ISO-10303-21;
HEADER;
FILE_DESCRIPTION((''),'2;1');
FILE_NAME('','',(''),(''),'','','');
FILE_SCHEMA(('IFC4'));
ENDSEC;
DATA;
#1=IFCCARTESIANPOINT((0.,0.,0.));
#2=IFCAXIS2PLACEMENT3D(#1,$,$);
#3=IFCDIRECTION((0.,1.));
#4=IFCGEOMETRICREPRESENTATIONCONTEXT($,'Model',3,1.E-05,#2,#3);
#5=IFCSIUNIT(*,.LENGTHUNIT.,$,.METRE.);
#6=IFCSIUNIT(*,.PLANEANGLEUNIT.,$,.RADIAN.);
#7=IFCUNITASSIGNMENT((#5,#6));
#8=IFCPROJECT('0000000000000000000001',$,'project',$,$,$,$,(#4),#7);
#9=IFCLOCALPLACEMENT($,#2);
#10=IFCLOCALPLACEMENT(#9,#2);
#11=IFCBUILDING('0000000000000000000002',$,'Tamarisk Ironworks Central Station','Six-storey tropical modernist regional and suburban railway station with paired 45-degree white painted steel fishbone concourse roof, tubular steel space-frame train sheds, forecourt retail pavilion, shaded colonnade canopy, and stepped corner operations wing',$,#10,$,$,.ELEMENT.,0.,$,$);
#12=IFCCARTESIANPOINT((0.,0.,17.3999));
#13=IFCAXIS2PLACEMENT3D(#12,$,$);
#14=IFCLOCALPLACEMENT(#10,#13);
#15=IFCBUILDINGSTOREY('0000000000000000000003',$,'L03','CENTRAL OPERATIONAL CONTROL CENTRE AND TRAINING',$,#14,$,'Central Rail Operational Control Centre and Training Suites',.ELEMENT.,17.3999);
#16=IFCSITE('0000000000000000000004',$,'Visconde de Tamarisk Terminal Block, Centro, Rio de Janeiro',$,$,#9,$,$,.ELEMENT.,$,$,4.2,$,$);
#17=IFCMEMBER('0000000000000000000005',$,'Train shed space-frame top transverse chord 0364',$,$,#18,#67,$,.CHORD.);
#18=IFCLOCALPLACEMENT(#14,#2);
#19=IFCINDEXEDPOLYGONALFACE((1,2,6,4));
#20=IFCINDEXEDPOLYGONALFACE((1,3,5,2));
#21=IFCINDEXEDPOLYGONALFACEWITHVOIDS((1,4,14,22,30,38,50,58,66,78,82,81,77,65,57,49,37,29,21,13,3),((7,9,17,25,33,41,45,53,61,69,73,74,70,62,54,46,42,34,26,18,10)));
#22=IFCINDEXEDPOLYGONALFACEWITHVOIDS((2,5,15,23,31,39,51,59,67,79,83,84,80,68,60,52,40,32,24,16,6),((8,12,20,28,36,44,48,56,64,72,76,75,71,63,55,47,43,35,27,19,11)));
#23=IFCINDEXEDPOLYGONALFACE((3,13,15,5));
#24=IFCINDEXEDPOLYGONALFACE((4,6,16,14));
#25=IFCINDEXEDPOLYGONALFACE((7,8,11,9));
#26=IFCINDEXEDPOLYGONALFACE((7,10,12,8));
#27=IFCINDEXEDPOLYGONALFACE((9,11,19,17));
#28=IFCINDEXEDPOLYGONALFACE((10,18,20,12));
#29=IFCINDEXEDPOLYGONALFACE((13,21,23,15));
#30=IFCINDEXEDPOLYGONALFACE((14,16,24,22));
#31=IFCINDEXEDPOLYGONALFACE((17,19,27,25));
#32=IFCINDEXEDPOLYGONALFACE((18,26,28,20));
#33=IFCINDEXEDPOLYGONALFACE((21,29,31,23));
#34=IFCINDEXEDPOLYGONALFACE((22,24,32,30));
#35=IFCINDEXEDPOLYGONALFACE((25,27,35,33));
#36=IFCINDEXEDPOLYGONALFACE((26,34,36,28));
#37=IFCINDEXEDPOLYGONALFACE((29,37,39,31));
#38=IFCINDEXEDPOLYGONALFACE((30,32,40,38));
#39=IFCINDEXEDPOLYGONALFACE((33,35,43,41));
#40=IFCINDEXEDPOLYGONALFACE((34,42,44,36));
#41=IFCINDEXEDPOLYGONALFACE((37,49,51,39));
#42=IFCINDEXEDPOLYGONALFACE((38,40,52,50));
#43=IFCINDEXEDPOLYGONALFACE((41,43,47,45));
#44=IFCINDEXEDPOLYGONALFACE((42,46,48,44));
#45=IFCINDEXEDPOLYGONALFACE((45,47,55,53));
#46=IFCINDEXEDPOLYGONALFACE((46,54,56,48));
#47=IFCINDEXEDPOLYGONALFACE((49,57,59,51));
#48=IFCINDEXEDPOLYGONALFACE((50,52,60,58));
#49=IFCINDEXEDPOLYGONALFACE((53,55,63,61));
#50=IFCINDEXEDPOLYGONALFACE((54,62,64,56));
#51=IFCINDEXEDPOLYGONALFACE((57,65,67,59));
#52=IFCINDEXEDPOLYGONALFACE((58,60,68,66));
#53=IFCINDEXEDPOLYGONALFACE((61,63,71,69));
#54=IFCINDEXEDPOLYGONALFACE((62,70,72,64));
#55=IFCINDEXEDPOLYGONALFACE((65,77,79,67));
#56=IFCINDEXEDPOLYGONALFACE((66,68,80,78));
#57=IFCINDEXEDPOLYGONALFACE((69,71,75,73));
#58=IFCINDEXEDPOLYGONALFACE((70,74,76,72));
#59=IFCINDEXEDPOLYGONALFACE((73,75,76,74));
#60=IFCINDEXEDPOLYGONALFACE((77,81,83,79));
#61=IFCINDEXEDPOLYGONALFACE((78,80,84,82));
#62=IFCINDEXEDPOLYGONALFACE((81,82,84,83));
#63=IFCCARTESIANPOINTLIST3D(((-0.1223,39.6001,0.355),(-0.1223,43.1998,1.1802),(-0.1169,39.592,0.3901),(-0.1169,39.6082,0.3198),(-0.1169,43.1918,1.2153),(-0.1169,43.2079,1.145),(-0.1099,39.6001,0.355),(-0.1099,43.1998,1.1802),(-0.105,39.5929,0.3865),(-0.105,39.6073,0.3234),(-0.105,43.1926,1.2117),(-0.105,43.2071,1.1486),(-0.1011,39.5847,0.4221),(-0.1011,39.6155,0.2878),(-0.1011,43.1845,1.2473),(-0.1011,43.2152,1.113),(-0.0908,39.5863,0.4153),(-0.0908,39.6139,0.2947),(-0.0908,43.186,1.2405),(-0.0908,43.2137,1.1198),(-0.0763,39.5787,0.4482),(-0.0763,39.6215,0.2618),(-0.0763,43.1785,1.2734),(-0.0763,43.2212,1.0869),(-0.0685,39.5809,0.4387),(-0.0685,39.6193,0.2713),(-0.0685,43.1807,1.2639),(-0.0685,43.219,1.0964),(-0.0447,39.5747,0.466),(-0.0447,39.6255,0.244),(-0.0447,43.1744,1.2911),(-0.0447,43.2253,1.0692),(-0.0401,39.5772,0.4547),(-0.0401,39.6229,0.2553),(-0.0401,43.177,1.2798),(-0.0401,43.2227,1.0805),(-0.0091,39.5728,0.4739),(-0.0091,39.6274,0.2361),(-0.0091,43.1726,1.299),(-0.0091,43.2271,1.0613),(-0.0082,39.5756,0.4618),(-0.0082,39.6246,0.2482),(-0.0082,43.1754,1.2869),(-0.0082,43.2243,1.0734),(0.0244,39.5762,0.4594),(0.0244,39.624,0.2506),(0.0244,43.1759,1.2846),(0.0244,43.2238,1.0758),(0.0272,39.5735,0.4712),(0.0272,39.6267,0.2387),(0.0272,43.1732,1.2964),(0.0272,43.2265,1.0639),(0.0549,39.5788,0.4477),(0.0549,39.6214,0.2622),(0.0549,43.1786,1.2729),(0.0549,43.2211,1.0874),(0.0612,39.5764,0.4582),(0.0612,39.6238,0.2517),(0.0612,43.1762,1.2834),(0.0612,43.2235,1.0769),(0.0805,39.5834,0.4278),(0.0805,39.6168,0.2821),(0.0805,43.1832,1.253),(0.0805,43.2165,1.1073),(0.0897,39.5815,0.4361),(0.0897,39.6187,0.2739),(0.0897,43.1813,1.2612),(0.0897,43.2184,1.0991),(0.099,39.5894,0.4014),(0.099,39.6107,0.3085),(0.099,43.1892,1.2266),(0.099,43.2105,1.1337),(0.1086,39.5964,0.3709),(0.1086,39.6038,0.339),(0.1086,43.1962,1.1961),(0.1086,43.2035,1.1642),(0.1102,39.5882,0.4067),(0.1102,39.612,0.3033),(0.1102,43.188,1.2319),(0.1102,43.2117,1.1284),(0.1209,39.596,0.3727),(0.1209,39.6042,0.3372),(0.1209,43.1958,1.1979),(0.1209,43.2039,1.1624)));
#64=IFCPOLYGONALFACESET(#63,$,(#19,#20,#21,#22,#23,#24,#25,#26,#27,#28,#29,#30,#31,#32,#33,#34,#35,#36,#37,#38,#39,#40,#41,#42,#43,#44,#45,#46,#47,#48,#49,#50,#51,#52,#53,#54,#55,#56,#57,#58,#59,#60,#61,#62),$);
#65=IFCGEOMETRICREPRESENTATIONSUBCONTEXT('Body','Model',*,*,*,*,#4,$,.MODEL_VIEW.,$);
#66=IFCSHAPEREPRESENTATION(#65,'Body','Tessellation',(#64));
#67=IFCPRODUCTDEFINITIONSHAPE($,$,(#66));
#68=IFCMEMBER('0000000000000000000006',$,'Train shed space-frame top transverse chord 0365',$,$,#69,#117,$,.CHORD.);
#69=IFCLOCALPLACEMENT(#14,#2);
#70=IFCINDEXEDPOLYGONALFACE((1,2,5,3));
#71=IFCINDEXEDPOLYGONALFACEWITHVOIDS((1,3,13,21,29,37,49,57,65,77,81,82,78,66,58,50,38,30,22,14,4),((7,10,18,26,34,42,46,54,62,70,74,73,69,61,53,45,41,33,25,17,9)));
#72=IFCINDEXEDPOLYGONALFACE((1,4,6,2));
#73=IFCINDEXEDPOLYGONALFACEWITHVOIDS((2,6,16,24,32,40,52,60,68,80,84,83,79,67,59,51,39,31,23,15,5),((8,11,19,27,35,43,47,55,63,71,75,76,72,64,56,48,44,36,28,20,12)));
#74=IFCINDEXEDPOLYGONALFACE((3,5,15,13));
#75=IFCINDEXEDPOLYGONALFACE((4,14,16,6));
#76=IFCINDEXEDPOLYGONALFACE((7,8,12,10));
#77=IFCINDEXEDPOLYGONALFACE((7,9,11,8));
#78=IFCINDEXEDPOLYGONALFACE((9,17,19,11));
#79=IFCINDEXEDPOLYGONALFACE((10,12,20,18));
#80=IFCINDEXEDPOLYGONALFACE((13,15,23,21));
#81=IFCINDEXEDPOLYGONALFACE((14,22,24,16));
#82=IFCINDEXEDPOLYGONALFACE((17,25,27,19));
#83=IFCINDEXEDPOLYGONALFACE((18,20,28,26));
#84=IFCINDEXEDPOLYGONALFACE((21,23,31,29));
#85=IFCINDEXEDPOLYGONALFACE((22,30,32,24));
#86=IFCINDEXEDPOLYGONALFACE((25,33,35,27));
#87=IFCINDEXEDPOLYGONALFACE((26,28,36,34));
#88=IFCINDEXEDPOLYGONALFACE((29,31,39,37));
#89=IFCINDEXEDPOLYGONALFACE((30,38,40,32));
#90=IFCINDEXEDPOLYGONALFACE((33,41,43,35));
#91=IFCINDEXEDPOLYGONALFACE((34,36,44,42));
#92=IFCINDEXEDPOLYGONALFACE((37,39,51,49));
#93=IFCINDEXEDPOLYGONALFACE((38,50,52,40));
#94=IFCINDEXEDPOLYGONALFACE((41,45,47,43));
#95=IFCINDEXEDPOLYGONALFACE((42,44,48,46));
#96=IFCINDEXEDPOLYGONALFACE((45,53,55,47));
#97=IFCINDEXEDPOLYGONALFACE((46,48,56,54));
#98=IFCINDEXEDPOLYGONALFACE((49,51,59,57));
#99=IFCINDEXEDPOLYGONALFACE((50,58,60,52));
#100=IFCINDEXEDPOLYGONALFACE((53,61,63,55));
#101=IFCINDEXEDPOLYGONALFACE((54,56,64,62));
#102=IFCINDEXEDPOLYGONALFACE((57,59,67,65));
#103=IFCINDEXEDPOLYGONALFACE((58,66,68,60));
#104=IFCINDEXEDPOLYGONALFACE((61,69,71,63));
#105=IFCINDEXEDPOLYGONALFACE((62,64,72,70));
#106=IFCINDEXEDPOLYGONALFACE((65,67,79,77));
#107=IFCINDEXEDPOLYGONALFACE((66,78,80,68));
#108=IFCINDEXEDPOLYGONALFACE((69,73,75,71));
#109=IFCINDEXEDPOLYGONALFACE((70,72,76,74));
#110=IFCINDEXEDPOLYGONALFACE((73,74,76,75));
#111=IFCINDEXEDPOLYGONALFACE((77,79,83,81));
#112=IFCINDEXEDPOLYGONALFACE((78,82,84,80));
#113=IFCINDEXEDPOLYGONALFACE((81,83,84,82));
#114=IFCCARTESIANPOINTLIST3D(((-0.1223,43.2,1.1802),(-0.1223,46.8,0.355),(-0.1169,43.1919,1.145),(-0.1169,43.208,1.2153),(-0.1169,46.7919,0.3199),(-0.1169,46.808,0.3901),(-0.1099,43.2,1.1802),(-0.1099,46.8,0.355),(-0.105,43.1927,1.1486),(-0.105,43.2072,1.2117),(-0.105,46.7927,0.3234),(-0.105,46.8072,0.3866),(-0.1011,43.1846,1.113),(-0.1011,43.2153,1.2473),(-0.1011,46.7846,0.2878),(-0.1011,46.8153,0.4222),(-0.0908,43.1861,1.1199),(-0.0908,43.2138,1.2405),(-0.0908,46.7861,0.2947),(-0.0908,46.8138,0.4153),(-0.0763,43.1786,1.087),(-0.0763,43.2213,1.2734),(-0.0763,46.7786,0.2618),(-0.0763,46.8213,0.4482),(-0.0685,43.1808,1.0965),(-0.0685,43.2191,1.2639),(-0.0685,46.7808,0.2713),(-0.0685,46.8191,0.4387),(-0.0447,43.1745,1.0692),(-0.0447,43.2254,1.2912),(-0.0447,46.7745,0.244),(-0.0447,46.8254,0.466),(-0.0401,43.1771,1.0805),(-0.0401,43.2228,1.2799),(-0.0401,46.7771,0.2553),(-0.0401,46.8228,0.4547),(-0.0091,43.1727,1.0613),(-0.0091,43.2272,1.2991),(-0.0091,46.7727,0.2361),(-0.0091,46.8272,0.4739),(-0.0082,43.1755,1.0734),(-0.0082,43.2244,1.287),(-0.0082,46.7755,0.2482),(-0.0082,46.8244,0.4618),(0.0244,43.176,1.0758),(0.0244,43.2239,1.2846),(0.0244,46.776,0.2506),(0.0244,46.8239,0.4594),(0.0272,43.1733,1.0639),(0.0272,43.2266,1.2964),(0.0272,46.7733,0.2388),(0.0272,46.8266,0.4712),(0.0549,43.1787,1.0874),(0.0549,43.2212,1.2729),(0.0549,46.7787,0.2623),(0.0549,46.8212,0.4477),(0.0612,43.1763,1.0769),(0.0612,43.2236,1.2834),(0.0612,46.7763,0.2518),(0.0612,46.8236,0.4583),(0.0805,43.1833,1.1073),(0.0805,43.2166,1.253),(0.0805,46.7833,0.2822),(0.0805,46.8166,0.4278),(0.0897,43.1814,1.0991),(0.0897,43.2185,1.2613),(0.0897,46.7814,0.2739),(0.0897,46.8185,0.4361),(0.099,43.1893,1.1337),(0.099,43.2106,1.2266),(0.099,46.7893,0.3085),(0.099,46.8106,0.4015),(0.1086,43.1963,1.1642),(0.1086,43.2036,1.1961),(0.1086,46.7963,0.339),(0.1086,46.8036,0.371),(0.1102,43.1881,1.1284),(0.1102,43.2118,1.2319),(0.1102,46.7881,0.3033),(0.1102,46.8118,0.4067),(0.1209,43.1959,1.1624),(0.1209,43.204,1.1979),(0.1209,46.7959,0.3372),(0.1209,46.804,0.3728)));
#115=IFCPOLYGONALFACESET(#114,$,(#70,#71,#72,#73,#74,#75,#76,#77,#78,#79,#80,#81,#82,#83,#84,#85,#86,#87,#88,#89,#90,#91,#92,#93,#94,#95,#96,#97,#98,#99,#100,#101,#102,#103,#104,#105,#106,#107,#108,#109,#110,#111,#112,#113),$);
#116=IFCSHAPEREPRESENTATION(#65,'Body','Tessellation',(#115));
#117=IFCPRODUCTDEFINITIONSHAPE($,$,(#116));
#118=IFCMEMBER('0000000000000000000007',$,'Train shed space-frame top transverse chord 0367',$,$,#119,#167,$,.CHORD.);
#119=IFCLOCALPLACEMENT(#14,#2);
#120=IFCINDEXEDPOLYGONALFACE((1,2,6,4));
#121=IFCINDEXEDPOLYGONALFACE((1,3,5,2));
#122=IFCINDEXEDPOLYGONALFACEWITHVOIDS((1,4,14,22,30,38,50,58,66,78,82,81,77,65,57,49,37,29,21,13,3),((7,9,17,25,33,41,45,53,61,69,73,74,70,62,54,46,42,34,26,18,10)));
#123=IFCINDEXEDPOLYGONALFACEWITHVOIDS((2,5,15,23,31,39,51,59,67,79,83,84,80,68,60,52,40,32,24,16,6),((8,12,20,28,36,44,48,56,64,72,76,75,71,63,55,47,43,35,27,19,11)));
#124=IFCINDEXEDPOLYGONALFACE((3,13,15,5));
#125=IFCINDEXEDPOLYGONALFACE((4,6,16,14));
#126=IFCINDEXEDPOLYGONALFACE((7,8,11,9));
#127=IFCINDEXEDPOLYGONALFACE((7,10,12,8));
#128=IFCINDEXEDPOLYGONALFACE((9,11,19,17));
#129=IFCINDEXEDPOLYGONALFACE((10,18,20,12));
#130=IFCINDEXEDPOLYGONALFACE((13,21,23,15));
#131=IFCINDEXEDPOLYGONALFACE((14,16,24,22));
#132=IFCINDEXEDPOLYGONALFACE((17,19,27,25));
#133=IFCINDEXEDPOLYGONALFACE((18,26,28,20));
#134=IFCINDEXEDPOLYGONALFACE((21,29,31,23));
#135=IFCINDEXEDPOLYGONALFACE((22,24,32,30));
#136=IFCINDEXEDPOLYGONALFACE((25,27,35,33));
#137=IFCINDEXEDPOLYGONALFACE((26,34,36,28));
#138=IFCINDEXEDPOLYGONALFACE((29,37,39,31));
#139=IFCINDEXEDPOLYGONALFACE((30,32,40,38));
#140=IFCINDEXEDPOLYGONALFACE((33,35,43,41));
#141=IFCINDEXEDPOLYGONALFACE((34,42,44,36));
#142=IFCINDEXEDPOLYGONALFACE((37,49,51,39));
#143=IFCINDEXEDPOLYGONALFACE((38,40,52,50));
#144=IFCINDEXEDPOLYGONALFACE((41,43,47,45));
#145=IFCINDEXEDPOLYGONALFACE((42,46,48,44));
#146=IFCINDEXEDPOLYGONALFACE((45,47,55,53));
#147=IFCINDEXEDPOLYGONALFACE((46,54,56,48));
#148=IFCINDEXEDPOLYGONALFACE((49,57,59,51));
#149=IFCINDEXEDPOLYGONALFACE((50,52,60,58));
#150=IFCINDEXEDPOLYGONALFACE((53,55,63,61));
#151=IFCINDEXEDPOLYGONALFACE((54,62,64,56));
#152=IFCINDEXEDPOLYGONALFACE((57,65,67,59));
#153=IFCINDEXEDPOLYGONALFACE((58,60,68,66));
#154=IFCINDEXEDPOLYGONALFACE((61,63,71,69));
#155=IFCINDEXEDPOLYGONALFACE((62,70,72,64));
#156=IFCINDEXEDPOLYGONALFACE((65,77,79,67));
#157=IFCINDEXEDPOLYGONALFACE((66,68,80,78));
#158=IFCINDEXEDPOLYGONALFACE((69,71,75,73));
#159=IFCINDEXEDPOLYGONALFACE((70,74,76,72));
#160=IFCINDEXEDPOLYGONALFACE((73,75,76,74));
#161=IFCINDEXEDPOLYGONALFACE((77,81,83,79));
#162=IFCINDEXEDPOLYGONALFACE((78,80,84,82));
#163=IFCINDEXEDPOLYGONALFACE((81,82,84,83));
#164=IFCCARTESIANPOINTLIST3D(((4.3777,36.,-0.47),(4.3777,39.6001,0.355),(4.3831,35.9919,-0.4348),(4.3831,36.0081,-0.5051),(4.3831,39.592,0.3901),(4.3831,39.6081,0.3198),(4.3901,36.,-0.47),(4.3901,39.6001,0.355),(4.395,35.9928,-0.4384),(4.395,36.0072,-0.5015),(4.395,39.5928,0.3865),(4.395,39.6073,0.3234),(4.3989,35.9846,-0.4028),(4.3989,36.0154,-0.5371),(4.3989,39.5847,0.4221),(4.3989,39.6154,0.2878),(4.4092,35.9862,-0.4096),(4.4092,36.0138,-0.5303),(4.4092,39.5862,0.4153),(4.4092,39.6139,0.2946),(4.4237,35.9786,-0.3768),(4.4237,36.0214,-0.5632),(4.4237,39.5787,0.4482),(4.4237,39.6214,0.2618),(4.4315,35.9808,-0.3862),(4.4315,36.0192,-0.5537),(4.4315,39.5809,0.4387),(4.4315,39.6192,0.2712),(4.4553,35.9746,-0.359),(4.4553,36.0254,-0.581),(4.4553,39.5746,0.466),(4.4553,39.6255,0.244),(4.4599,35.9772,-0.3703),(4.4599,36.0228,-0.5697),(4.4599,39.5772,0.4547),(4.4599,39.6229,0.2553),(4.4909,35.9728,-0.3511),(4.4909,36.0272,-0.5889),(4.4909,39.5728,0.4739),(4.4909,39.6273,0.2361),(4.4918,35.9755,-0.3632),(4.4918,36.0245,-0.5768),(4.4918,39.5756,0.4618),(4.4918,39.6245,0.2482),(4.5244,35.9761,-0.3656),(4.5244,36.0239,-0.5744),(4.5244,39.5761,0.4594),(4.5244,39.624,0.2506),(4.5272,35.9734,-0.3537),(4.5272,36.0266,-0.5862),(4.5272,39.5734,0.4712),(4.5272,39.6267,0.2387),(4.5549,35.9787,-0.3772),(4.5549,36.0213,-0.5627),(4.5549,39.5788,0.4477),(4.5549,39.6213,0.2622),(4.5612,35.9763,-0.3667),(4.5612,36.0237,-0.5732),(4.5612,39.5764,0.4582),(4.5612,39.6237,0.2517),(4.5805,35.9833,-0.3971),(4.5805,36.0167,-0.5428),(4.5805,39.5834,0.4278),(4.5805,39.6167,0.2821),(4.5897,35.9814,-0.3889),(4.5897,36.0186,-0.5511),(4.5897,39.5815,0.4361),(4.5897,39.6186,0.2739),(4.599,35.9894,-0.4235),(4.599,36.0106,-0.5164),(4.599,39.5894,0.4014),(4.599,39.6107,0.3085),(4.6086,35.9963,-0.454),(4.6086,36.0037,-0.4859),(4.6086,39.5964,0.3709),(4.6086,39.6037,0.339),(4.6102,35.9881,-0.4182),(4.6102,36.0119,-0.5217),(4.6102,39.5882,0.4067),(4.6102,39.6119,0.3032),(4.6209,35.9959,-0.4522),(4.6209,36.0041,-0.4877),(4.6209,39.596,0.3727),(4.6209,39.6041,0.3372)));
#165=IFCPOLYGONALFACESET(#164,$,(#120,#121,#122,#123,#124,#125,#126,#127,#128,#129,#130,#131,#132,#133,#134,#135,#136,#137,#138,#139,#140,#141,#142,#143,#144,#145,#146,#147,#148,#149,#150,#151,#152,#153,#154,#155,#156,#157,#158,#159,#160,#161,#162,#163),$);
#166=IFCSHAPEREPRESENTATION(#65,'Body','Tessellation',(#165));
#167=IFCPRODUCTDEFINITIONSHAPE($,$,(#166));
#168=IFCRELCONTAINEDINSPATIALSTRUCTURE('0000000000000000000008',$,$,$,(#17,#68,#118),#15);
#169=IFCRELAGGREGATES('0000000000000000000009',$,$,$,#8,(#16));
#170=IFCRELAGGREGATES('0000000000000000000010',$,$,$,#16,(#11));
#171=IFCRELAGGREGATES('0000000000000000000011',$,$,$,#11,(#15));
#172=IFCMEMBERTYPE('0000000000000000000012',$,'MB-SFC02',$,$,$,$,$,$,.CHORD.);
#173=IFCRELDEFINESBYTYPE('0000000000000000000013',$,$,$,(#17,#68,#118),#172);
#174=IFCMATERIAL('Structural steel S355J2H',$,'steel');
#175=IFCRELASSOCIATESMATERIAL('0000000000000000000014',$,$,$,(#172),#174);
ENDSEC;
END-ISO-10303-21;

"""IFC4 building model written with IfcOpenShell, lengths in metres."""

from ifc_helpers import new_model, si_unit, direction, frame, origin, origin_2d, place, context, subcontext, project, spatial, hollow_circle, extrude, material, material_profile, profile_set, type_object, element, save


model = new_model("IFC4")

# Units and contexts
model_context = context("Model", 3, precision=1e-05, world=origin(), true_north=direction((0.0, 1.0)))
body_context = subcontext(model_context, "Body", "Model", "MODEL_VIEW")
ifc_project = project(units=[si_unit("LENGTHUNIT", "METRE"), si_unit("PLANEANGLEUNIT", "RADIAN")], contexts=[model_context])

# Site, building, storey
site_placement = place(None, origin())
site = spatial("IfcSite", under=ifc_project, at=site_placement, Name="Visconde de Tamarisk Terminal Block, Centro, Rio de Janeiro", CompositionType="ELEMENT", RefElevation=4.2)
building_placement = place(site_placement, origin())
building = spatial("IfcBuilding", under=site, at=building_placement, Name="Tamarisk Ironworks Central Station", Description="Six-storey tropical modernist regional and suburban railway station with paired 45-degree white painted steel fishbone concourse roof, tubular steel space-frame train sheds, forecourt retail pavilion, shaded colonnade canopy, and stepped corner operations wing", CompositionType="ELEMENT", ElevationOfRefHeight=0.0)
storey_placement = place(building_placement, frame((0.0, 0.0, 17.3999)))
storey = spatial("IfcBuildingStorey", under=building, at=storey_placement, Name="L03", Description="CENTRAL OPERATIONAL CONTROL CENTRE AND TRAINING", LongName="Central Rail Operational Control Centre and Training Suites", CompositionType="ELEMENT", Elevation=17.3999)

# Members
ifc_material_1 = material(Name="Structural steel S355J2H", Category="steel")
ifc_material_profile_1 = material_profile(ifc_material_1, hollow_circle(Radius=0.1223, WallThickness=0.0125, at=origin_2d()), Name="CHS 244.5x12.5")
ifc_profile_set_1 = profile_set([ifc_material_profile_1], Name="Structural steel S355J2H")
member_type_1 = type_object("IfcMemberType", Name="MB-SFC02", PredefinedType="CHORD", material=ifc_profile_set_1)
member_1_placement = place(storey_placement, frame((0.0, 39.6001, 0.355), z_axis=(0.0, 0.974719, 0.223435), x_axis=(-1.0, 0.0, 0.0)))
element("IfcMember", 1, at=member_1_placement, inside=storey, type_object=member_type_1, Name="Train shed space-frame top transverse chord 0364", PredefinedType="CHORD", context=body_context, shape_type="SweptSolid", body=[
    extrude(hollow_circle(Radius=0.1223, WallThickness=0.0125, at=origin_2d()), origin(), (0.0, 0.0, 1.0), 3.6931),
])
for number, where, z_axis, x_axis, name in (
    (2, (0.0, 43.2, 1.1802), (0.0, 0.974722, -0.223421), (-1.0, 0.0, 0.0), "Train shed space-frame top transverse chord 0365"),
    (3, (4.5, 36.0, -0.47), (0.0, 0.974737, 0.223358), (-1.0, 0.0, 0.0), "Train shed space-frame top transverse chord 0367"),
):
    element("IfcMember", number, at=place(storey_placement, frame(where, z_axis=z_axis, x_axis=x_axis)), inside=storey, type_object=member_type_1, Name=name, PredefinedType="CHORD", context=body_context, shape_type="SweptSolid", body=[
        extrude(hollow_circle(Radius=0.1223, WallThickness=0.0125, at=origin_2d()), origin(), (0.0, 0.0, 1.0), 3.6934),
    ])

save(model, "model.ifc")
